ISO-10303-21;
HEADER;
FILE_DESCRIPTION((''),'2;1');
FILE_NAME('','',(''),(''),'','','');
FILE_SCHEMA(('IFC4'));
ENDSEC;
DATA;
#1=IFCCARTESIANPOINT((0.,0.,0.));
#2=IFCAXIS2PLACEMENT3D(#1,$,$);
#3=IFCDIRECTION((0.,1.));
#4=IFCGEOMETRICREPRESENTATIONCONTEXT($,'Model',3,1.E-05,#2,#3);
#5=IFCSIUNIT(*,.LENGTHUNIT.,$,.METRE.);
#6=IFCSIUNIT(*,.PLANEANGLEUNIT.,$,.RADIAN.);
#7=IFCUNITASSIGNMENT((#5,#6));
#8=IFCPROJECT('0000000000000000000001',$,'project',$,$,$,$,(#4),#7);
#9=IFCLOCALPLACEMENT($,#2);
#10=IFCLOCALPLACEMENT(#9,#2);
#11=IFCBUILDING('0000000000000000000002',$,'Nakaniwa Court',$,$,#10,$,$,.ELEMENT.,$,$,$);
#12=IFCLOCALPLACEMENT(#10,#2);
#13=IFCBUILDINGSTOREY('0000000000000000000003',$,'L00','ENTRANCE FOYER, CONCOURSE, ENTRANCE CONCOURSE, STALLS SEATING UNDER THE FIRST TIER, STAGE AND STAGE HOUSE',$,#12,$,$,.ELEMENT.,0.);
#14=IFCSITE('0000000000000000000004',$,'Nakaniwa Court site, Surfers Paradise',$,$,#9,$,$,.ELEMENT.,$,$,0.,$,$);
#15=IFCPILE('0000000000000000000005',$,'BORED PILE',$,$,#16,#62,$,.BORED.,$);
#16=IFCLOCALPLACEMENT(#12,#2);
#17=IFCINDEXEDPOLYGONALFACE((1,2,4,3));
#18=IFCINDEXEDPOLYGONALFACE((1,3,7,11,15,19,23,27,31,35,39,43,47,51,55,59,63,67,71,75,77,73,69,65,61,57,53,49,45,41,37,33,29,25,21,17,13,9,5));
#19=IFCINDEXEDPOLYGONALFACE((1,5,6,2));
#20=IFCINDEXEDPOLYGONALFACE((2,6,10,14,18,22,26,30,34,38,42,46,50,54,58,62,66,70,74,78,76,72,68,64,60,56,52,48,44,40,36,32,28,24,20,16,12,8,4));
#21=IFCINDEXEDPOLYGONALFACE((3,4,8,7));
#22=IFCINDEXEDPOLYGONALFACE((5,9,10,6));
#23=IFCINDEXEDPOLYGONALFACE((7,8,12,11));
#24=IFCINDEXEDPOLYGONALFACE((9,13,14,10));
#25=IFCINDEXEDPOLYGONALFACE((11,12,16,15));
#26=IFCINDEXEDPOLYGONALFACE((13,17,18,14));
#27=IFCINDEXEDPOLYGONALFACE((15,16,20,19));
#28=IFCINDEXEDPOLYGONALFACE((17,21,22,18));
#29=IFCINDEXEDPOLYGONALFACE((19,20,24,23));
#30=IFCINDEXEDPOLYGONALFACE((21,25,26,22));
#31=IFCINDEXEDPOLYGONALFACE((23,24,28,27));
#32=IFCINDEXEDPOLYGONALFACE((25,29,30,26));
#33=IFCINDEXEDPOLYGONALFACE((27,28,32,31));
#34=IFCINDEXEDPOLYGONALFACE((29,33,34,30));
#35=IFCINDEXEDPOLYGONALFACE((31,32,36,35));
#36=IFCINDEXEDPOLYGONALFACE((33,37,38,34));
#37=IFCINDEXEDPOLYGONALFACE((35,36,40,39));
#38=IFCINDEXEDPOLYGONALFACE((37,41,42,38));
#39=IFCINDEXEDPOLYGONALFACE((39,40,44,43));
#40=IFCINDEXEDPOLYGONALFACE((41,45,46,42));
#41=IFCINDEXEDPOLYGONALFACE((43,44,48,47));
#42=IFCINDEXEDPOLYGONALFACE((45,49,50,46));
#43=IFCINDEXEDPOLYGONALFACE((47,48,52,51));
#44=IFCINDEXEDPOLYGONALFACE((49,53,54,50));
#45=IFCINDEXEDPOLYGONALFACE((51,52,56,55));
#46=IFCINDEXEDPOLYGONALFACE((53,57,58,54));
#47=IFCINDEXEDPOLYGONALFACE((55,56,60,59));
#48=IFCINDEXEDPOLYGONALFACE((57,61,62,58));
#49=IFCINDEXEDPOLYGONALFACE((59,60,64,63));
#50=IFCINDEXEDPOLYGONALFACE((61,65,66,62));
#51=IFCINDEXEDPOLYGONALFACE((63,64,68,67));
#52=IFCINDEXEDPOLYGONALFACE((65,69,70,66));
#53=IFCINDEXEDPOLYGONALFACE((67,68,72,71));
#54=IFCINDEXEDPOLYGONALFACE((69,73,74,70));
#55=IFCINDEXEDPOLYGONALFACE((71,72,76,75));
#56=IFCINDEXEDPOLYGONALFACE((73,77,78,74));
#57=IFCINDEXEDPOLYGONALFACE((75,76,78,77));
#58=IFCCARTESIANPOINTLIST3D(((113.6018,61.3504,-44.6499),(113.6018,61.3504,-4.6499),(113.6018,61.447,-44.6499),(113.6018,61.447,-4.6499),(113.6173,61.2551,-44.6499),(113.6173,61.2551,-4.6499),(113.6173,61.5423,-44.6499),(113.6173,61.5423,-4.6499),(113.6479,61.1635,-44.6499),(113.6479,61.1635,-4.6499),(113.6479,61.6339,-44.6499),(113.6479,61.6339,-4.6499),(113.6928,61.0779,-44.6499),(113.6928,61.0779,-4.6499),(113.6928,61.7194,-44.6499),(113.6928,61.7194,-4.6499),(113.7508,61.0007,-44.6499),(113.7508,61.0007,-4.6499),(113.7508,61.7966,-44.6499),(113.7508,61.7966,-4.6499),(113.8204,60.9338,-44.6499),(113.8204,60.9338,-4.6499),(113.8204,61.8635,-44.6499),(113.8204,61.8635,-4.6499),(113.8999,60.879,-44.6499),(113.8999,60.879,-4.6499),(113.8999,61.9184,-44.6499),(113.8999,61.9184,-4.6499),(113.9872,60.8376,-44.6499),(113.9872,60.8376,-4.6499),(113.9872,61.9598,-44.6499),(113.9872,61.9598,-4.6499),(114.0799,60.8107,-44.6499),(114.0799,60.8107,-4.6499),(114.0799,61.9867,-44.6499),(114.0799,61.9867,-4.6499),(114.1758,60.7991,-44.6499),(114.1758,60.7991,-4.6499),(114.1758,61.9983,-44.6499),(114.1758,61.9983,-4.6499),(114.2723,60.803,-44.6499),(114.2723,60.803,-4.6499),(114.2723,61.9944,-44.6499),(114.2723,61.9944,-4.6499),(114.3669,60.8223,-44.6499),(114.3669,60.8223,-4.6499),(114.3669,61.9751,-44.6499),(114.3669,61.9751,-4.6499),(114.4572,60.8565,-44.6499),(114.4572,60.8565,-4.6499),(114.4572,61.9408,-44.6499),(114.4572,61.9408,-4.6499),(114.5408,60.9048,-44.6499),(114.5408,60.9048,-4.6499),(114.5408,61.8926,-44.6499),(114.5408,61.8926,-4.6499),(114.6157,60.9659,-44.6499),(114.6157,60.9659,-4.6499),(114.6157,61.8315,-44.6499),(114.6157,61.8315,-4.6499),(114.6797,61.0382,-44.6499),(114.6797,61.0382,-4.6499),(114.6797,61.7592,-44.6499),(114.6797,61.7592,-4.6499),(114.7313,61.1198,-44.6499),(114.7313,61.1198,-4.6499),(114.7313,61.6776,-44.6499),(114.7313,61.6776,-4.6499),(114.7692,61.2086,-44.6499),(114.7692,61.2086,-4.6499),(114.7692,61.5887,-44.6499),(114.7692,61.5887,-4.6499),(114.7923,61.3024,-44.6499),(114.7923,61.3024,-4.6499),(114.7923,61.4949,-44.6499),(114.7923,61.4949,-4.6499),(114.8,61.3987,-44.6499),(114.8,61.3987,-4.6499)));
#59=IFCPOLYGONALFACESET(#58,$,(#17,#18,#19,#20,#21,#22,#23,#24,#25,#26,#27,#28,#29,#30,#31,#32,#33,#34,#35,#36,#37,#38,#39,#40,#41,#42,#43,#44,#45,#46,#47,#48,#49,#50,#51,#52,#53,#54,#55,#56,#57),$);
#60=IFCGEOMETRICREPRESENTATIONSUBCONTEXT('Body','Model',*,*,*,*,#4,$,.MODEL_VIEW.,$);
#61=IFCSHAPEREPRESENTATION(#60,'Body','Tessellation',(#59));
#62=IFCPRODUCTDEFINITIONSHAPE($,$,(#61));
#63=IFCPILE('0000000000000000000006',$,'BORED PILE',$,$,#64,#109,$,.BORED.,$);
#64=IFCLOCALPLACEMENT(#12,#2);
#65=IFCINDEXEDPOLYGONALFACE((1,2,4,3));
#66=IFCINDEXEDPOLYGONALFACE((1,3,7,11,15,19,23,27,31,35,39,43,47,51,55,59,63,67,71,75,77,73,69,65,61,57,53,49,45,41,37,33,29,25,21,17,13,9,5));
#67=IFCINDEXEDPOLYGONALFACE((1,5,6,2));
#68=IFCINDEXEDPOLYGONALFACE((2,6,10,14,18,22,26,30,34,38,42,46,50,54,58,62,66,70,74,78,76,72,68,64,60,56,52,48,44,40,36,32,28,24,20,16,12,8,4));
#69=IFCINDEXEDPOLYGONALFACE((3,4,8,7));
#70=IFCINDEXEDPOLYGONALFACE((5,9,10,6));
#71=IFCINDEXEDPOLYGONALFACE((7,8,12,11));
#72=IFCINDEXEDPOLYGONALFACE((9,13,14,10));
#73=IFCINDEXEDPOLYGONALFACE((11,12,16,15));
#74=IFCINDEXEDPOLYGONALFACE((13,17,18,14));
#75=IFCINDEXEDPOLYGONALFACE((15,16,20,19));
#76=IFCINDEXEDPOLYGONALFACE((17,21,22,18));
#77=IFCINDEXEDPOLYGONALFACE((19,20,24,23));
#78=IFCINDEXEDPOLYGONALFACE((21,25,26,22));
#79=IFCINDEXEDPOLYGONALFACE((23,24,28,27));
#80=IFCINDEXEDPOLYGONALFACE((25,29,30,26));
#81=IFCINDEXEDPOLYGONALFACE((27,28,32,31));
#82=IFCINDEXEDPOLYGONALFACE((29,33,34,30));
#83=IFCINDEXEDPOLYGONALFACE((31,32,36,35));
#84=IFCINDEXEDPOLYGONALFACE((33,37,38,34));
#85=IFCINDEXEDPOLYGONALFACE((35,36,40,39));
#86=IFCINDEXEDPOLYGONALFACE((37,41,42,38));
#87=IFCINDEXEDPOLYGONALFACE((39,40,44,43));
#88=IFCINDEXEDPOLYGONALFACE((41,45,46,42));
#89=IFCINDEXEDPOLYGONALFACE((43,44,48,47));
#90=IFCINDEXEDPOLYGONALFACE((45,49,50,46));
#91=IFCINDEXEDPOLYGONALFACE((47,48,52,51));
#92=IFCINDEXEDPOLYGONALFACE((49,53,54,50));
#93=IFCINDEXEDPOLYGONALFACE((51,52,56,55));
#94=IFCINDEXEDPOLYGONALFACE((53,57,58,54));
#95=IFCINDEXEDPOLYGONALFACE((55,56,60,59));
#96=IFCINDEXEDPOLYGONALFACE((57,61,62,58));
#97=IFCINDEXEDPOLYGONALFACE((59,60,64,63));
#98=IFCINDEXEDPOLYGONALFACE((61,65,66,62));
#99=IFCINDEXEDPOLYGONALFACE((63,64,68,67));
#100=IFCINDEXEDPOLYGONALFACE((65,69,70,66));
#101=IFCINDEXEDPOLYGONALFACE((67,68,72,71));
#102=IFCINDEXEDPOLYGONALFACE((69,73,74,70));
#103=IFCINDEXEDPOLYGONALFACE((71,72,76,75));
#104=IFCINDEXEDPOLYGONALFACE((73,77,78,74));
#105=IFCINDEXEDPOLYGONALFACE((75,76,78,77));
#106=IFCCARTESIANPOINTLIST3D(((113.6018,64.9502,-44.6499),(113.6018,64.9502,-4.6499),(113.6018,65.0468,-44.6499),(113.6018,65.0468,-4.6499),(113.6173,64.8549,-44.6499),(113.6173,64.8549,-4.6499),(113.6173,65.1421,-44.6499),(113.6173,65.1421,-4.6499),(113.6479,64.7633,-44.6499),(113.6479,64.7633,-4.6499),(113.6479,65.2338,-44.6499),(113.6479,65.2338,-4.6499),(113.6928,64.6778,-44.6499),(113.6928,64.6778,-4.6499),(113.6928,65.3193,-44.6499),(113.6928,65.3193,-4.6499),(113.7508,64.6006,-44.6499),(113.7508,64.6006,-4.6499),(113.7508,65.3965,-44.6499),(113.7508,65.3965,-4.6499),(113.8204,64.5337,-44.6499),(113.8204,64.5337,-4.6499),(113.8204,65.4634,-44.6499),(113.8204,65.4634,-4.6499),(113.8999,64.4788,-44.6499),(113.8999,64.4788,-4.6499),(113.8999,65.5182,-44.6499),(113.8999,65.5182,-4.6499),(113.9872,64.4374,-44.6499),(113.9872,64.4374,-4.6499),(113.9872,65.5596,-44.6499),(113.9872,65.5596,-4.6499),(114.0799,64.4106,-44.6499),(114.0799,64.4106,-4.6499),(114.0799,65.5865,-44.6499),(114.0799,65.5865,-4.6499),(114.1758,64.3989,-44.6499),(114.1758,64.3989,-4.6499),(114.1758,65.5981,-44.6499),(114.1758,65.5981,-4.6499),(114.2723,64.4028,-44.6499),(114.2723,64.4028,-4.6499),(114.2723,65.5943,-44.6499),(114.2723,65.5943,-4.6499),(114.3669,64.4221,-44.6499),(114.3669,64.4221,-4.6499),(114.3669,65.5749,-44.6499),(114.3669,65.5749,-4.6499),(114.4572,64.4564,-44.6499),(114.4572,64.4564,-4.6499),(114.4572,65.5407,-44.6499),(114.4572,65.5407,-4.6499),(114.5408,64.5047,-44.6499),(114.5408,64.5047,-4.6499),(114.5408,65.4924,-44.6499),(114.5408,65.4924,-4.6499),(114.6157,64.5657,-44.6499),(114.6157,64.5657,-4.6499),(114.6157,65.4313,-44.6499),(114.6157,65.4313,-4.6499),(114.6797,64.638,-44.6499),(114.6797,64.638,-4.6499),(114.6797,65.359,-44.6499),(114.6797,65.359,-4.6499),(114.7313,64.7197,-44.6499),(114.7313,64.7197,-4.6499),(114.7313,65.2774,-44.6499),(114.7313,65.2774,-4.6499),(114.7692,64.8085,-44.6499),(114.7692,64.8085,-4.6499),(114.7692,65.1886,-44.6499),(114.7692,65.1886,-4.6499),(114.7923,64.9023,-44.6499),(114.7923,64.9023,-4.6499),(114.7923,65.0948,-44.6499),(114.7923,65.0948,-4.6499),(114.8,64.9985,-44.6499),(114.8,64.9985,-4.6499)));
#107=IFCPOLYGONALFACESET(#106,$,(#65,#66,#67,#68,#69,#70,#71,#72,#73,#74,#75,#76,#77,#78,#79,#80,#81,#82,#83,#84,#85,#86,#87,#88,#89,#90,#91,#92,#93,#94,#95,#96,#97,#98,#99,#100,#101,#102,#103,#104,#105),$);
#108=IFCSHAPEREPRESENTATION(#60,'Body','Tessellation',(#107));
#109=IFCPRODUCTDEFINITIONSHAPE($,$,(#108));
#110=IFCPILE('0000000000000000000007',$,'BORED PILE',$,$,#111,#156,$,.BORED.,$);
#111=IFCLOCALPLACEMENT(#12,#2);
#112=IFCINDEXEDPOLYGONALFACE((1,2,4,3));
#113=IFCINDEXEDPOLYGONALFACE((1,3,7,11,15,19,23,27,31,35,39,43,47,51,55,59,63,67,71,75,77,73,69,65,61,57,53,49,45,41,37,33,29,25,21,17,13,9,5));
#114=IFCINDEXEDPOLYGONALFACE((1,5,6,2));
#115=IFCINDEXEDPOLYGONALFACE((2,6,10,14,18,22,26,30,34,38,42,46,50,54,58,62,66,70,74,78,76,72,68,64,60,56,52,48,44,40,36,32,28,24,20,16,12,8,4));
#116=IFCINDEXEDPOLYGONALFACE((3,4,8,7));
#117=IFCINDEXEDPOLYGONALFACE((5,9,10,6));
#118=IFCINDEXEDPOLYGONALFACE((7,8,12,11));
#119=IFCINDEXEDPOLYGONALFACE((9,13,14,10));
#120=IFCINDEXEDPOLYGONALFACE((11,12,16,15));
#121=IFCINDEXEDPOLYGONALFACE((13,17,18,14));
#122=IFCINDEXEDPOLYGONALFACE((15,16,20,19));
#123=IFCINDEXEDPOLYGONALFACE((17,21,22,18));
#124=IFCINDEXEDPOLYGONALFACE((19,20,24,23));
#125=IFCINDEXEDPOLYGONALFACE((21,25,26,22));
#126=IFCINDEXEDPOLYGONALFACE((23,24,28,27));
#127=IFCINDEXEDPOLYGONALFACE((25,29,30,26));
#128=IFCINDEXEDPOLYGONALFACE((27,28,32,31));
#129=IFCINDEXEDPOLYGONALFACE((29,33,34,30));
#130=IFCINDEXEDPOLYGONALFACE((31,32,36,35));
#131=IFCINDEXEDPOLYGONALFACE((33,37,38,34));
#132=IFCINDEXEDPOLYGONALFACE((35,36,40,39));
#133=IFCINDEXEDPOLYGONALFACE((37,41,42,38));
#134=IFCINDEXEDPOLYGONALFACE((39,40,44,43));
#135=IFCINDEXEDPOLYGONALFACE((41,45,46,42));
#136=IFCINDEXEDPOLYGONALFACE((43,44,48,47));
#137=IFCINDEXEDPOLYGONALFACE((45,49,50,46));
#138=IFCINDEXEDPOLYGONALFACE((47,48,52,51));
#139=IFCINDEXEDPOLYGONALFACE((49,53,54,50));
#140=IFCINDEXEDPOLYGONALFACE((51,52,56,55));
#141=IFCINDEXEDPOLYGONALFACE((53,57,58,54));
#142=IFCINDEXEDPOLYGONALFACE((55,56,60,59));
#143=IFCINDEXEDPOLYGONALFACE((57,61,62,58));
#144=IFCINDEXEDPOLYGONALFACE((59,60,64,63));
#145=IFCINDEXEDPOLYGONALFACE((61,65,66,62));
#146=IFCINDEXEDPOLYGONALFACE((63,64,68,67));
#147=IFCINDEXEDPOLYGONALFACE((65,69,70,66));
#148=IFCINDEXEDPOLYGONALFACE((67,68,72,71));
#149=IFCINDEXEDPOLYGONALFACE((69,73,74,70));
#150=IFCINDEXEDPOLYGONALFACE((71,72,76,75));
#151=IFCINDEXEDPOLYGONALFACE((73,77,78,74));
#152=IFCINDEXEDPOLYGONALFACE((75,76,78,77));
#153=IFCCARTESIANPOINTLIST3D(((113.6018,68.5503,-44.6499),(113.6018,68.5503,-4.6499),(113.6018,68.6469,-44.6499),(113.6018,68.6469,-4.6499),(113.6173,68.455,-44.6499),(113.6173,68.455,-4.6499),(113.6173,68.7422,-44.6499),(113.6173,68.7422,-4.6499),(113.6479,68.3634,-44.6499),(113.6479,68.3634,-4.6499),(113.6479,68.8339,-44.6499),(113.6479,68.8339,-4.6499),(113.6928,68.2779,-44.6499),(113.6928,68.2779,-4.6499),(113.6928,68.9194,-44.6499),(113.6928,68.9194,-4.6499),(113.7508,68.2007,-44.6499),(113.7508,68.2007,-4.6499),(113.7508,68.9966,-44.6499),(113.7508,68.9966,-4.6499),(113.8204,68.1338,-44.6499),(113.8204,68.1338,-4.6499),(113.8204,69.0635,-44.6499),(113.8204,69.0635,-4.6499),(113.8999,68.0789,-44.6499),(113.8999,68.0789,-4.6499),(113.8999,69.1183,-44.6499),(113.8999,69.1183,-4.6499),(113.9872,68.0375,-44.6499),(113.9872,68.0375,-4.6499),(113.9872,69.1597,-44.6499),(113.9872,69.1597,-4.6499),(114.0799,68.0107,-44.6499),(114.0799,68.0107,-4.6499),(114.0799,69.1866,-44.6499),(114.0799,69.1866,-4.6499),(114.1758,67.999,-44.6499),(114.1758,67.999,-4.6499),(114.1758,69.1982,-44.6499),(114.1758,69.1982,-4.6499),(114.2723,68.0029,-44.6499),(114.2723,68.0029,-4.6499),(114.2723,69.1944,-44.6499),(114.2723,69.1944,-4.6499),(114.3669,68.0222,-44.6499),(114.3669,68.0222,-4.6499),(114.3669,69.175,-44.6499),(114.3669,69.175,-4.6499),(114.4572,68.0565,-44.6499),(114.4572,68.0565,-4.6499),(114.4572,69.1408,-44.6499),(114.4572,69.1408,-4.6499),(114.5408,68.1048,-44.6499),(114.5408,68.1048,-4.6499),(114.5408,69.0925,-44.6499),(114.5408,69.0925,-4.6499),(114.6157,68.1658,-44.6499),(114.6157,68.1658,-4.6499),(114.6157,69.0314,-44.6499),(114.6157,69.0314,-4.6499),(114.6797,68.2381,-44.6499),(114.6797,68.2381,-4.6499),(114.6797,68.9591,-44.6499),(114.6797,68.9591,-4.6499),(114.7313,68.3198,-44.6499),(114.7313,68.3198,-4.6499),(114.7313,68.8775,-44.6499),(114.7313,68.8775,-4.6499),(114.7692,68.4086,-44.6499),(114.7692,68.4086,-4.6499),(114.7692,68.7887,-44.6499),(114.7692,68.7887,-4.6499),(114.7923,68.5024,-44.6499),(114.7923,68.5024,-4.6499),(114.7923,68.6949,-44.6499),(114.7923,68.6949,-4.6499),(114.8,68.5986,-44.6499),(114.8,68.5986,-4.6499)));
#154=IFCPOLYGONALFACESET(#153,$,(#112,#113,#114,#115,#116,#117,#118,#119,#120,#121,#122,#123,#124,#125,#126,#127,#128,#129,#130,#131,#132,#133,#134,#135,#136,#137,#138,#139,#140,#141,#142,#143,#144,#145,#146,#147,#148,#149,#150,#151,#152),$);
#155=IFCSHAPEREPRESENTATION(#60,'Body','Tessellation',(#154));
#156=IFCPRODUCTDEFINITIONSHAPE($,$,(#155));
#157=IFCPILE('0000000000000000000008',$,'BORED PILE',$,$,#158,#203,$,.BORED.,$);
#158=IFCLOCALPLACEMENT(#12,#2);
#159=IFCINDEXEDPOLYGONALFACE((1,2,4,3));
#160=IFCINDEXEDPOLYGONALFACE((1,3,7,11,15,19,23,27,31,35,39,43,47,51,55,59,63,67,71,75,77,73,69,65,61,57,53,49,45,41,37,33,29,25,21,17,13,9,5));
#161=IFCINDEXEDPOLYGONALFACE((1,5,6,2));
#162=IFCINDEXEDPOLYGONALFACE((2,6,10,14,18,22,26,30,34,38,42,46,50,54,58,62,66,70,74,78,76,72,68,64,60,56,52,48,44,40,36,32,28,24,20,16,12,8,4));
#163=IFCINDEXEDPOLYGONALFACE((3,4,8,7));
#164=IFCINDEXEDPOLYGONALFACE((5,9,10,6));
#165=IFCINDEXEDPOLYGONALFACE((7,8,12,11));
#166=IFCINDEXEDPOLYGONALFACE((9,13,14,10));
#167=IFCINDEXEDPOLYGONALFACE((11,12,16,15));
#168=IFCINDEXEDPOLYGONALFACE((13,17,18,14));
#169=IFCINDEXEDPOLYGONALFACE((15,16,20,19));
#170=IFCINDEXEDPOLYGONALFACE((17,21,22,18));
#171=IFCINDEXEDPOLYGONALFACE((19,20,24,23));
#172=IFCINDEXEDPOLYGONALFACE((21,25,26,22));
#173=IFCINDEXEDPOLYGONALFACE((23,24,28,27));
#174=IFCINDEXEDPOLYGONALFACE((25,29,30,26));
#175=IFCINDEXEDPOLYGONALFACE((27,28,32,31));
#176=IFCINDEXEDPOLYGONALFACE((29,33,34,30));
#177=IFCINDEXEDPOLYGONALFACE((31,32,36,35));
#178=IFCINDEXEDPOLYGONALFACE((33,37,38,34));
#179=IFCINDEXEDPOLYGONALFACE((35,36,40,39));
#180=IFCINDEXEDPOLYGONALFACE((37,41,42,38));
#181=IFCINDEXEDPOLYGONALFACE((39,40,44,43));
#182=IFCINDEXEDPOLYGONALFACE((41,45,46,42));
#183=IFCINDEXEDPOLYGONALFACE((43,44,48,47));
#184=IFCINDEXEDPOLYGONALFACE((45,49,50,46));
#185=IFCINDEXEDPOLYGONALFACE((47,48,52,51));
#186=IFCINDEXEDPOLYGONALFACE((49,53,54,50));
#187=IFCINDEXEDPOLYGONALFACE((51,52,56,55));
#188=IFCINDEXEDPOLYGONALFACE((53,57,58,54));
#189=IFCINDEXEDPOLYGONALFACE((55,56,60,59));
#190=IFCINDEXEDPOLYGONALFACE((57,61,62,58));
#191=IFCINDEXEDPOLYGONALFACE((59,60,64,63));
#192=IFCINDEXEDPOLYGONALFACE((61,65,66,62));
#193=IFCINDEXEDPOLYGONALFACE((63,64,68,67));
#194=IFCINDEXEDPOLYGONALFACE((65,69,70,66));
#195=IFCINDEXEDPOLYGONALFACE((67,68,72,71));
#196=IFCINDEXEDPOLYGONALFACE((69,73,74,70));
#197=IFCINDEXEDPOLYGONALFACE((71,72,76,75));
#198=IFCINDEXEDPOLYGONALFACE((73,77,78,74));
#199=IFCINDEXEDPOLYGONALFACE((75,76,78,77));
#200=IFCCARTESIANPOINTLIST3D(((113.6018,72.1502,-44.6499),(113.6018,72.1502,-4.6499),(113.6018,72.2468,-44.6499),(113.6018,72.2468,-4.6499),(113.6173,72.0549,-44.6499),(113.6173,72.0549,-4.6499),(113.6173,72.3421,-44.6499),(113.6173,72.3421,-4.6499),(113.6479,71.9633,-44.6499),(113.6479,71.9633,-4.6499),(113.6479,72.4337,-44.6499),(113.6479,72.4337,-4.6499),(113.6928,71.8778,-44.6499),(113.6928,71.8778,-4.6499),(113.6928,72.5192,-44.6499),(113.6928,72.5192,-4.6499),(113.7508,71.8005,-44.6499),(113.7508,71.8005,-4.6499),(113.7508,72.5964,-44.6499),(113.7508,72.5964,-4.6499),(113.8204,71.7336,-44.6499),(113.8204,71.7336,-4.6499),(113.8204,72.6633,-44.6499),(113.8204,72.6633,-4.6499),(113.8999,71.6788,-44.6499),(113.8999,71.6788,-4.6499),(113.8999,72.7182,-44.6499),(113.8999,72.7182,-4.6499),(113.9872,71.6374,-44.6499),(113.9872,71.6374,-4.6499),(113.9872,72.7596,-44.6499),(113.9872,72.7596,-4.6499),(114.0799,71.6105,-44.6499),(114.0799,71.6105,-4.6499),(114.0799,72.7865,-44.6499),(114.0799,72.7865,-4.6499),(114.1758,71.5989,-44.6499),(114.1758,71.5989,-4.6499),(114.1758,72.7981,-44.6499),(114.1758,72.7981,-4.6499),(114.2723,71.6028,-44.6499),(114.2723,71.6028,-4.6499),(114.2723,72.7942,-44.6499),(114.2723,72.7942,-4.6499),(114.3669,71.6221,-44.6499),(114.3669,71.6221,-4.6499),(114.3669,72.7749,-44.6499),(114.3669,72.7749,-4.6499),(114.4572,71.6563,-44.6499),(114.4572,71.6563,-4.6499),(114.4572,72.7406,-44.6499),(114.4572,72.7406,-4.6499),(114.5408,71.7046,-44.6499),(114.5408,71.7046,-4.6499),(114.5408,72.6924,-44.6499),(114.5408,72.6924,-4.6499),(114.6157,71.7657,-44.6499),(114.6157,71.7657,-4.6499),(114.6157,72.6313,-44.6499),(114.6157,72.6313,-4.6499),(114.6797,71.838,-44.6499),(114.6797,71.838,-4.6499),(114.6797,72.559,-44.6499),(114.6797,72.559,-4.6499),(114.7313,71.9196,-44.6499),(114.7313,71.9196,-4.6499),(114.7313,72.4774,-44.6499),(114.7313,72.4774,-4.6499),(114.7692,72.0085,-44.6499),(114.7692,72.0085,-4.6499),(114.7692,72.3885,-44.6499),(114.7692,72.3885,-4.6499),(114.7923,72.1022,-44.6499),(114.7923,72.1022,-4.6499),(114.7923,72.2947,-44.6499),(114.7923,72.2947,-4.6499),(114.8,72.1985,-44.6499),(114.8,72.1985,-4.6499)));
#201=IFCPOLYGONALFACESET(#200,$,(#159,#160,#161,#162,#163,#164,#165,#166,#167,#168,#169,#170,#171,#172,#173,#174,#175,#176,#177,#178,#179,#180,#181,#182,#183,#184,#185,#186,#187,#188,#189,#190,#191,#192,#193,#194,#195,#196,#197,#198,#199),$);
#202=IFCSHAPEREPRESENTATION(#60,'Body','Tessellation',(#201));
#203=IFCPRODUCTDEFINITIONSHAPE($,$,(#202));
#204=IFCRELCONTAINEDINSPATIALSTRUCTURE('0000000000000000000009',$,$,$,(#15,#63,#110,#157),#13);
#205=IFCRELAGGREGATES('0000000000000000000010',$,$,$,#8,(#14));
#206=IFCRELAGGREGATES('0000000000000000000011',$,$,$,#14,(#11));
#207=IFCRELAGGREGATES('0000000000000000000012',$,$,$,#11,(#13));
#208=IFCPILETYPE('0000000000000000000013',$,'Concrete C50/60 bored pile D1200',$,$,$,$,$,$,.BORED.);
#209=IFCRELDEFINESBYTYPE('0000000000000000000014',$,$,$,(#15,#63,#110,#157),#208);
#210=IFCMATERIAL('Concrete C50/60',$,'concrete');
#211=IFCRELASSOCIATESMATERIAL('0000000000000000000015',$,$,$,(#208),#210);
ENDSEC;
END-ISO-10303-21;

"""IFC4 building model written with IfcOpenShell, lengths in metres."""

from ifc_helpers import new_model, si_unit, direction, frame, origin, origin_2d, place, context, subcontext, project, spatial, circle, extrude, material, material_profile, profile_set, type_object, element, save


model = new_model("IFC4")

# Units and contexts
model_context = context("Model", 3, precision=1e-05, world=origin(), true_north=direction((0.0, 1.0)))
body_context = subcontext(model_context, "Body", "Model", "MODEL_VIEW")
ifc_project = project(units=[si_unit("LENGTHUNIT", "METRE"), si_unit("PLANEANGLEUNIT", "RADIAN")], contexts=[model_context])

# Site, building, storey
site_placement = place(None, origin())
site = spatial("IfcSite", under=ifc_project, at=site_placement, Name="Nakaniwa Court site, Surfers Paradise", CompositionType="ELEMENT", RefElevation=0.0)
building_placement = place(site_placement, origin())
building = spatial("IfcBuilding", under=site, at=building_placement, Name="Nakaniwa Court", CompositionType="ELEMENT")
storey_placement = place(building_placement, origin())
storey = spatial("IfcBuildingStorey", under=building, at=storey_placement, Name="L00", Description="ENTRANCE FOYER, CONCOURSE, ENTRANCE CONCOURSE, STALLS SEATING UNDER THE FIRST TIER, STAGE AND STAGE HOUSE", CompositionType="ELEMENT", Elevation=0.0)

# Piles
ifc_material_1 = material(Name="Concrete C50/60", Category="concrete")
ifc_material_profile_1 = material_profile(ifc_material_1, circle(Radius=0.6001, at=origin_2d()), Name="Concrete C50/60 bored pile D1200")
ifc_profile_set_1 = profile_set([ifc_material_profile_1], Name="Concrete C50/60")
pile_type = type_object("IfcPileType", Name="Concrete C50/60 bored pile D1200", PredefinedType="BORED", material=ifc_profile_set_1)
for number, where, z_axis, x_axis, name in (
    (1, (114.2, 61.3987, -4.6499), (0.0, 0.0, -1.0), (1.0, 0.0, 0.0), "BORED PILE"),
    (2, (114.2, 64.9985, -4.6499), (0.0, 0.0, -1.0), (1.0, 0.0, 0.0), "BORED PILE"),
    (3, (114.2, 68.5986, -4.6499), (0.0, 0.0, -1.0), (1.0, 0.0, 0.0), "BORED PILE"),
    (4, (114.2, 72.1985, -4.6499), (0.0, 0.0, -1.0), (1.0, 0.0, 0.0), "BORED PILE"),
):
    element("IfcPile", number, at=place(storey_placement, frame(where, z_axis=z_axis, x_axis=x_axis)), inside=storey, type_object=pile_type, Name=name, PredefinedType="BORED", context=body_context, shape_type="SweptSolid", body=[
        extrude(circle(Radius=0.6001, at=origin_2d()), origin(), (0.0, 0.0, 1.0), 40.0),
    ])

save(model, "model.ifc")
